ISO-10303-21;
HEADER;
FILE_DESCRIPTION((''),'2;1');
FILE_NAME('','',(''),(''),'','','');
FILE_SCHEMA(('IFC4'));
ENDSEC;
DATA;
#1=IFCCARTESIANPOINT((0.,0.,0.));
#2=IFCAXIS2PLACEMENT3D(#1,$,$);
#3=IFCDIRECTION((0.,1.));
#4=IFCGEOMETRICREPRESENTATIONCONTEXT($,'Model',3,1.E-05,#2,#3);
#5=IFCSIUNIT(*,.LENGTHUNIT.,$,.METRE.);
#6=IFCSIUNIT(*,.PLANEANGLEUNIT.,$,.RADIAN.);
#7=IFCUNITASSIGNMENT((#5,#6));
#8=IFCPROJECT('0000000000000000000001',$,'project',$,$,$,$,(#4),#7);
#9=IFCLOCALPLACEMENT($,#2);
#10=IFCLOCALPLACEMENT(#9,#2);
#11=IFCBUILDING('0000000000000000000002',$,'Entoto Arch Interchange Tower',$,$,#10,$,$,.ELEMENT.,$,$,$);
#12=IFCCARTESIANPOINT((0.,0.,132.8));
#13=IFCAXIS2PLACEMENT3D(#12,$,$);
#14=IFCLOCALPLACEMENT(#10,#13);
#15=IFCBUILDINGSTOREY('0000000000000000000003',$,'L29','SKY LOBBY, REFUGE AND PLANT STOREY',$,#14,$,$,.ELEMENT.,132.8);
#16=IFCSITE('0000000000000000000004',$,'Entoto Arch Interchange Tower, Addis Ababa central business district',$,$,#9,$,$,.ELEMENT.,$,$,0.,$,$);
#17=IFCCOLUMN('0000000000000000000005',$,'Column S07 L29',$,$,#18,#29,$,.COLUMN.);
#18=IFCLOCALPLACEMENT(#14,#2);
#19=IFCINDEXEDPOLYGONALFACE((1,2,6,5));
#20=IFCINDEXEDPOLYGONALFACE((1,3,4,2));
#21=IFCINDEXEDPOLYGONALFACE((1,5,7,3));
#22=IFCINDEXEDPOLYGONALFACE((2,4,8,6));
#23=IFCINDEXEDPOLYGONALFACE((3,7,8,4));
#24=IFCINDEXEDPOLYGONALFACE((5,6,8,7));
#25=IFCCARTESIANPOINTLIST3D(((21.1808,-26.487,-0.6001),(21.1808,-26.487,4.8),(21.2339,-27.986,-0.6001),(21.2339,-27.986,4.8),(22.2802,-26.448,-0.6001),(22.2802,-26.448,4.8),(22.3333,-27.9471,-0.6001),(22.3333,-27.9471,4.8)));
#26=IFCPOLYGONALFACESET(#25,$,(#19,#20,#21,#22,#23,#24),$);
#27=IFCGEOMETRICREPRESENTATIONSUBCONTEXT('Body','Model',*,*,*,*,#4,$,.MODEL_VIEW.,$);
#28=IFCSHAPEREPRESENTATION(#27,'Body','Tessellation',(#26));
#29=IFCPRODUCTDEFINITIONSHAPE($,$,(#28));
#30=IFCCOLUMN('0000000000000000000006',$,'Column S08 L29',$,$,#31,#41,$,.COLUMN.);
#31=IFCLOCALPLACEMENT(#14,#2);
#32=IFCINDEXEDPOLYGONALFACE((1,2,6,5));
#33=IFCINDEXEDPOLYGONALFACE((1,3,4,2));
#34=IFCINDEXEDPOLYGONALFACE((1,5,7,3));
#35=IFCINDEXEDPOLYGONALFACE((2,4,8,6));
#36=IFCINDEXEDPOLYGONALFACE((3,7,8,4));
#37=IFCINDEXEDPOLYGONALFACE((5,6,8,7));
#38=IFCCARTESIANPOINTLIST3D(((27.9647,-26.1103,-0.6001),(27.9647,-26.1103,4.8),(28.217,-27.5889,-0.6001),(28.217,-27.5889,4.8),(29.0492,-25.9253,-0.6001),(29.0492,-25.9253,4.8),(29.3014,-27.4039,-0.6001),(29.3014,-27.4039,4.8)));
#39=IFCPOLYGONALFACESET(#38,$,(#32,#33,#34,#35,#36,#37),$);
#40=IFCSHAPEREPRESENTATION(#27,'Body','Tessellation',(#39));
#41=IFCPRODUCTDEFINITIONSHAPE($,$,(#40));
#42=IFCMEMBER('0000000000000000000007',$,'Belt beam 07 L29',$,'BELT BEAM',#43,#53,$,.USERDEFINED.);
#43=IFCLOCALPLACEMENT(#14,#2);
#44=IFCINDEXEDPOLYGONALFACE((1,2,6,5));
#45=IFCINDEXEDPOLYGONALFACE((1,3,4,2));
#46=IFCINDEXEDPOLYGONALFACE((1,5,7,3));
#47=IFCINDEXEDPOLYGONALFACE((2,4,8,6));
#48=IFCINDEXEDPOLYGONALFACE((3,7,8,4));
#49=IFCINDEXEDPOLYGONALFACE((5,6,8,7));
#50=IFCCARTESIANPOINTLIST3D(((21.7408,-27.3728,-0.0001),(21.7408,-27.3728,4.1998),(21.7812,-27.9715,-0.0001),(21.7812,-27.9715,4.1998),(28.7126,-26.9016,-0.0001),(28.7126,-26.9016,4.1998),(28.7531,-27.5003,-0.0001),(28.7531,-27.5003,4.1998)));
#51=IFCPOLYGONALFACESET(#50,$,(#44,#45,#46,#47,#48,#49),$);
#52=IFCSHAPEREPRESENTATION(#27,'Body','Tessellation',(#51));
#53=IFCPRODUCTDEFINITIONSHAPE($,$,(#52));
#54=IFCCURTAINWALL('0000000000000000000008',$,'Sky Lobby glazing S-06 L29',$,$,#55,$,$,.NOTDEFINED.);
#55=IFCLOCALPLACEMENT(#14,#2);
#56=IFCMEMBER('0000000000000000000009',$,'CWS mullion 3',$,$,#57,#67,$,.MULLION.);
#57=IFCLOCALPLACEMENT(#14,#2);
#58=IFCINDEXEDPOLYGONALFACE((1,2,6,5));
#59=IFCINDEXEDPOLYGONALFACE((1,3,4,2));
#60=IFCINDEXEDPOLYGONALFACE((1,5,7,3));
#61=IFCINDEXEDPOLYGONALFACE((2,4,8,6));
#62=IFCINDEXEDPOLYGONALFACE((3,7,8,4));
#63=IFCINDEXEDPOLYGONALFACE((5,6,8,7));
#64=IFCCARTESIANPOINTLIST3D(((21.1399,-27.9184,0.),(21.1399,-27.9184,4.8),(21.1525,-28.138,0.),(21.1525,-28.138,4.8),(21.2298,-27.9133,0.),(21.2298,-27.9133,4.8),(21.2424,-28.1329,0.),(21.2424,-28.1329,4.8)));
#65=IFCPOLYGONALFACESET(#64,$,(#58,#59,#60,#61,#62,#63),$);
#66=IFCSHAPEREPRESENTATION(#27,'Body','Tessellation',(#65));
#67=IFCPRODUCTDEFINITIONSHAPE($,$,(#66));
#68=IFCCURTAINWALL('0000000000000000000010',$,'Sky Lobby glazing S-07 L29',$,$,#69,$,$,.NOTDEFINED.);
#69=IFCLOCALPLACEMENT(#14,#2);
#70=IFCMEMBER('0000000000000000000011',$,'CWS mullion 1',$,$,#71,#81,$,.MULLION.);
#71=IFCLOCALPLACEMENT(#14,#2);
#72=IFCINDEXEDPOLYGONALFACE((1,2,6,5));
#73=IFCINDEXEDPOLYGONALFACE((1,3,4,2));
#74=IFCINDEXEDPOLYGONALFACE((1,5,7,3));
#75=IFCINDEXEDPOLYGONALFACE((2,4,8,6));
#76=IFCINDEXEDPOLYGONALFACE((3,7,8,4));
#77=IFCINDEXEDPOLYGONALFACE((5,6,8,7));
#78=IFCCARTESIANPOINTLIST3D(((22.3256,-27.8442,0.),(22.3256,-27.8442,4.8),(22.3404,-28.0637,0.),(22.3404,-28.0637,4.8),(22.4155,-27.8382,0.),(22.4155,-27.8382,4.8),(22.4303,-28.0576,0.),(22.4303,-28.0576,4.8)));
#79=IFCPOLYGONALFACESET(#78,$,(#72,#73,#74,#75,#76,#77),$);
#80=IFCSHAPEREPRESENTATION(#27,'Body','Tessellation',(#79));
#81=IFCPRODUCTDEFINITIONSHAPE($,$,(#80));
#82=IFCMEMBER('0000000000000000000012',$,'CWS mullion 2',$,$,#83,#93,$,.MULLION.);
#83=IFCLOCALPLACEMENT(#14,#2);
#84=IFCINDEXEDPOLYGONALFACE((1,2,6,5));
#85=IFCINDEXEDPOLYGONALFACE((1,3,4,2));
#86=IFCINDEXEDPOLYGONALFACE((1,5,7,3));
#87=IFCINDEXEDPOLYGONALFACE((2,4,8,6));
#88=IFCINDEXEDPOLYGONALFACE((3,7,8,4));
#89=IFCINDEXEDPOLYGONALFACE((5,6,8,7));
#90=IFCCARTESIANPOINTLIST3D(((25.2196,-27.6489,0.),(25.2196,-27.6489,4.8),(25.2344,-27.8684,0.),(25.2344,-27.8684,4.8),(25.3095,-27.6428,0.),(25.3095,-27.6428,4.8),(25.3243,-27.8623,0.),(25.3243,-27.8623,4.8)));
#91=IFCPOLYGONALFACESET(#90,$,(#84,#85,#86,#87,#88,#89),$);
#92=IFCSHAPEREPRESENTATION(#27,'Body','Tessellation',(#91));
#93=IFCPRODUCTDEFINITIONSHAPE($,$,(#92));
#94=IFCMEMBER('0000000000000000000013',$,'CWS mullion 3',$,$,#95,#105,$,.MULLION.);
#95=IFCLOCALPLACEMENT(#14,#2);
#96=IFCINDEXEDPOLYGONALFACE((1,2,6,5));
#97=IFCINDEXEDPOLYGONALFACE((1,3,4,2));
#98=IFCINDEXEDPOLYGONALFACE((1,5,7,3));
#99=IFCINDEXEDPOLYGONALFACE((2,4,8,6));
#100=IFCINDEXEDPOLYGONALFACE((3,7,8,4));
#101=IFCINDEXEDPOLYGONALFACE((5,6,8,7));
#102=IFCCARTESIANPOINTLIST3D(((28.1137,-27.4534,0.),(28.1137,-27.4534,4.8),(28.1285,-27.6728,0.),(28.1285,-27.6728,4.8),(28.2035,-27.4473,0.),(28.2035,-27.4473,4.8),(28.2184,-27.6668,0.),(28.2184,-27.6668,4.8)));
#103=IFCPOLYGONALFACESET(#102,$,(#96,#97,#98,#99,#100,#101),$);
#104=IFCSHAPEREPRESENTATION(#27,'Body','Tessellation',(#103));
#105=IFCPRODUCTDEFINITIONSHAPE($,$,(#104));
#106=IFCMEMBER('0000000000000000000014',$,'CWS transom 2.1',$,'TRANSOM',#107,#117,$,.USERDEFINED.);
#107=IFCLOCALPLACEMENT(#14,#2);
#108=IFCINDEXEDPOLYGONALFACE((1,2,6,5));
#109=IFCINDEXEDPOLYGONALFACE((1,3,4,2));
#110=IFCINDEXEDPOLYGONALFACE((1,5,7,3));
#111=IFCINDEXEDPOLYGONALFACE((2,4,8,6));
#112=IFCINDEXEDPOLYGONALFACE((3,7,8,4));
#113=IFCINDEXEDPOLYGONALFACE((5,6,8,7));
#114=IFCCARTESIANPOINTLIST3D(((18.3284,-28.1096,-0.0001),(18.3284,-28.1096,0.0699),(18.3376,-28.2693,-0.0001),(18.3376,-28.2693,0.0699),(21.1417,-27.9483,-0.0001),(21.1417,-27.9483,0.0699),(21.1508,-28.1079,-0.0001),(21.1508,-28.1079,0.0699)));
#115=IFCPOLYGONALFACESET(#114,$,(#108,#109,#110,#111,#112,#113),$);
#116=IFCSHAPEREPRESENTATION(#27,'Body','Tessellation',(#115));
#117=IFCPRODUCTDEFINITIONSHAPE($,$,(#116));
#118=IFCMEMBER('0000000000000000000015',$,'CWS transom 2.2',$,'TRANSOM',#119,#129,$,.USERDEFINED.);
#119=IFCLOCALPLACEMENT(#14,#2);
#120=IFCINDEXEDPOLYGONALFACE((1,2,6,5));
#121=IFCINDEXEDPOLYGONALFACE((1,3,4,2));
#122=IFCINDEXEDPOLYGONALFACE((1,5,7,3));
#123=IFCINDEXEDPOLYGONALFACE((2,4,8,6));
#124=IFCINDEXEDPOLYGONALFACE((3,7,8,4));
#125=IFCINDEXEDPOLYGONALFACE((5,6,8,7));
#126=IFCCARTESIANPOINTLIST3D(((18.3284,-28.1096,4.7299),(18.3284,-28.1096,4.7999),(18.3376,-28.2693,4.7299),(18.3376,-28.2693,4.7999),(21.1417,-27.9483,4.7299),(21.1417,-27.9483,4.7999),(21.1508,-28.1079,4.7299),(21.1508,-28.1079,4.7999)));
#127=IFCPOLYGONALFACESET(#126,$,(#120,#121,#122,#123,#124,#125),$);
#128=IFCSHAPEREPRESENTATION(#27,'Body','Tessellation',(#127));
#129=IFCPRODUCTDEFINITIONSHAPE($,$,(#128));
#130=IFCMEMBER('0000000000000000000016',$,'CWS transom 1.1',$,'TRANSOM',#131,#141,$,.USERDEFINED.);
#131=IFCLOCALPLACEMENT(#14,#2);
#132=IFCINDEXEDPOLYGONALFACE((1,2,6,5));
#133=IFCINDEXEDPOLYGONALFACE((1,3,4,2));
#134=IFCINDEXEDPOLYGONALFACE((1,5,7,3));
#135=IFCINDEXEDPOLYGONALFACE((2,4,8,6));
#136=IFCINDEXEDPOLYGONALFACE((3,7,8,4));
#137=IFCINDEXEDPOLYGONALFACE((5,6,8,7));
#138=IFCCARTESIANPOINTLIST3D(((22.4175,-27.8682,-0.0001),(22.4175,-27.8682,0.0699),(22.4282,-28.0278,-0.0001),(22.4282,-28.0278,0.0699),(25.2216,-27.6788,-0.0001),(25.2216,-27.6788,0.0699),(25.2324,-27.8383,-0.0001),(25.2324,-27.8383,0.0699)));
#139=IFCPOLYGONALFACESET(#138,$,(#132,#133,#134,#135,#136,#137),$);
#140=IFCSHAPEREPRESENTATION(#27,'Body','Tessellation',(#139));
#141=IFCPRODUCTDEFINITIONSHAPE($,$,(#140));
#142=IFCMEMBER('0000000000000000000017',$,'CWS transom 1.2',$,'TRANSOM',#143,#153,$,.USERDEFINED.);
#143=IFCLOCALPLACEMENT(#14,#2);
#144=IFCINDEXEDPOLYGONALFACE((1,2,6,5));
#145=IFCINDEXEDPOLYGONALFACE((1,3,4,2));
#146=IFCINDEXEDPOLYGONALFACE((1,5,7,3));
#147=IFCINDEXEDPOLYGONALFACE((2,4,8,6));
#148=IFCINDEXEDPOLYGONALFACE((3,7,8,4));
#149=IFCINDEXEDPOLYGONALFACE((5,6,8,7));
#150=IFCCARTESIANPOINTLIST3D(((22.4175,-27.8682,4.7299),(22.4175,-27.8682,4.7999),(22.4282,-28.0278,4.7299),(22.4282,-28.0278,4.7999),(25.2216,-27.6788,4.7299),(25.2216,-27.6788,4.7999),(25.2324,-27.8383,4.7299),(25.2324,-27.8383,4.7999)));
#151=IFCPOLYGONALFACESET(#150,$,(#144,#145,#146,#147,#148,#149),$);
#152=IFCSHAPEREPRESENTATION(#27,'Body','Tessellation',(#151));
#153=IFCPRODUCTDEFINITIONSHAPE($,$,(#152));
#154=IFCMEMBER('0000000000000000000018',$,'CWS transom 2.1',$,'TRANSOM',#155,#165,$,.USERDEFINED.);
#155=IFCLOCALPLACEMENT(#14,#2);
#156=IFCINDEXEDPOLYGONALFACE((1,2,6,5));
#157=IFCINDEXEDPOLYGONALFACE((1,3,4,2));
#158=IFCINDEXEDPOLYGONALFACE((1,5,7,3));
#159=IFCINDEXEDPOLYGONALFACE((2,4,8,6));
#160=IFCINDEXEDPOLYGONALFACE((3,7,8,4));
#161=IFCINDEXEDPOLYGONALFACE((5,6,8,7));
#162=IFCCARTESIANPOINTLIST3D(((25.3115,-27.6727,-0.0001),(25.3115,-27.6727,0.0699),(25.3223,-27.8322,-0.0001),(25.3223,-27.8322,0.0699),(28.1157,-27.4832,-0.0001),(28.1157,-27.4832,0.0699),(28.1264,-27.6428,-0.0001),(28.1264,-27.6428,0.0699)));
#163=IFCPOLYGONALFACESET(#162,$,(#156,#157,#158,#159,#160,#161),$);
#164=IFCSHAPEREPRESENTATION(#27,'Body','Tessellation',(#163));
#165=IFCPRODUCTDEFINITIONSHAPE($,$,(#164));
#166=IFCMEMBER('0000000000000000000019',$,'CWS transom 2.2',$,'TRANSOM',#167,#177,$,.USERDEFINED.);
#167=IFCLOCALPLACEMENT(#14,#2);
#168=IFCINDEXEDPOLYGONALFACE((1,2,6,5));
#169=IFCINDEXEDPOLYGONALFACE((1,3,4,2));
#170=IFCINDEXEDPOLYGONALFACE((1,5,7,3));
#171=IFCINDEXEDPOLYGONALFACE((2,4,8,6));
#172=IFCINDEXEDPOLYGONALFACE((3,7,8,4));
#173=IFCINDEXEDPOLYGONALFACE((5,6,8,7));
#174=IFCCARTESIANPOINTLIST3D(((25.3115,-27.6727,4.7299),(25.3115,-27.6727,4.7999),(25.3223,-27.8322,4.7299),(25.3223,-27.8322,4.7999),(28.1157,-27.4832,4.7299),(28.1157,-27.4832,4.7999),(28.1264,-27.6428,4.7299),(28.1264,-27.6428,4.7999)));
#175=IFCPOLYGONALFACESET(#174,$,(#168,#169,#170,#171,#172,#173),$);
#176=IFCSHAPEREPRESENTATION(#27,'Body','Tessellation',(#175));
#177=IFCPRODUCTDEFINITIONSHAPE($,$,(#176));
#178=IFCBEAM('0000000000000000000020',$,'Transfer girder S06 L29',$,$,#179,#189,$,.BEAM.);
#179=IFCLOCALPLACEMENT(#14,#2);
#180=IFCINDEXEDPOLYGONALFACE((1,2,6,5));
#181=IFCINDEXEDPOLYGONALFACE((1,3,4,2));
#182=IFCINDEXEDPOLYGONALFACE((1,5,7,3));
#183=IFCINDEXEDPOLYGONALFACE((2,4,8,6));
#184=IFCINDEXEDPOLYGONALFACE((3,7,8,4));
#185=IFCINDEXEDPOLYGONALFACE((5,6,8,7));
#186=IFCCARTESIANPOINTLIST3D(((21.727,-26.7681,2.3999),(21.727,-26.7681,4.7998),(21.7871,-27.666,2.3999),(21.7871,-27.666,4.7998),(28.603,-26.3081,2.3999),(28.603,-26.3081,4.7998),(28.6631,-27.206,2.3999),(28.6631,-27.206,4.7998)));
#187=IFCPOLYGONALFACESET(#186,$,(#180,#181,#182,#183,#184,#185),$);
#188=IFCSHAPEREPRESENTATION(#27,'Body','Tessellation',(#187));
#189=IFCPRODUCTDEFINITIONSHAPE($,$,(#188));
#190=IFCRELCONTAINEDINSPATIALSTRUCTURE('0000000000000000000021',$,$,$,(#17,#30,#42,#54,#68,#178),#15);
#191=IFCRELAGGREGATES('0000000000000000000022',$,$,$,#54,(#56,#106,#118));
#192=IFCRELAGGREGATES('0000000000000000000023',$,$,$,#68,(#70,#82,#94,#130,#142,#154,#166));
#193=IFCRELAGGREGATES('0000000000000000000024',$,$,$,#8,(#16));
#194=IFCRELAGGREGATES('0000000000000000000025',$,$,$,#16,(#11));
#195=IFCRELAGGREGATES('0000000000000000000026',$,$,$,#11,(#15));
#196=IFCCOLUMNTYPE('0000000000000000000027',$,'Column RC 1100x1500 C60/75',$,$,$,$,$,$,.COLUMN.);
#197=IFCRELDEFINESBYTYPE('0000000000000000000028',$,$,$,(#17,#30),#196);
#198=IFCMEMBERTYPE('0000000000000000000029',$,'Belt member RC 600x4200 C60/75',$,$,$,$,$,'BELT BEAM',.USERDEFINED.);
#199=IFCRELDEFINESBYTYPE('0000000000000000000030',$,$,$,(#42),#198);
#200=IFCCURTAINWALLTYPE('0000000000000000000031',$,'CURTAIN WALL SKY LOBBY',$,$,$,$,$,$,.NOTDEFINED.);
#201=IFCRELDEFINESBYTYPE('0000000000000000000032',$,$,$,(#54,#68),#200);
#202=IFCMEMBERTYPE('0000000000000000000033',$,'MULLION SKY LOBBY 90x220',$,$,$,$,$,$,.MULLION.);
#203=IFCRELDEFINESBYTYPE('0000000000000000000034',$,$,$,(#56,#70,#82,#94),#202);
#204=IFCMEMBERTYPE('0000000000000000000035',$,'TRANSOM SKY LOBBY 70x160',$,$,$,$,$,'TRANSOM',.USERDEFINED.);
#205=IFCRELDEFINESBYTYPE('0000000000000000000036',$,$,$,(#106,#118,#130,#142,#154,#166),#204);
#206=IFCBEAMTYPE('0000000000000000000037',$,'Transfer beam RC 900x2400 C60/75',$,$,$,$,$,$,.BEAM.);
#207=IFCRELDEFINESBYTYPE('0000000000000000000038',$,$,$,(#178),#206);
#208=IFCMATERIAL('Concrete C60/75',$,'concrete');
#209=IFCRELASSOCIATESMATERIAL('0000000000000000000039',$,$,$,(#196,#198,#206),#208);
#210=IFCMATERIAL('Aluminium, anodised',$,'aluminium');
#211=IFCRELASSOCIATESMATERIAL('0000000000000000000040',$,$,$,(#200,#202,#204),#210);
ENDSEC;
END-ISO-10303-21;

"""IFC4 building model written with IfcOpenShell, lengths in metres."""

from ifc_helpers import new_model, si_unit, direction, frame, origin, origin_2d, place, context, subcontext, project, spatial, rectangle, extrude, material, material_profile, profile_set, type_object, element, aggregate, save


model = new_model("IFC4")

# Units and contexts
model_context = context("Model", 3, precision=1e-05, world=origin(), true_north=direction((0.0, 1.0)))
body_context = subcontext(model_context, "Body", "Model", "MODEL_VIEW")
ifc_project = project(units=[si_unit("LENGTHUNIT", "METRE"), si_unit("PLANEANGLEUNIT", "RADIAN")], contexts=[model_context])

# Site, building, storey
site_placement = place(None, origin())
site = spatial("IfcSite", under=ifc_project, at=site_placement, Name="Entoto Arch Interchange Tower, Addis Ababa central business district", CompositionType="ELEMENT", RefElevation=0.0)
building_placement = place(site_placement, origin())
building = spatial("IfcBuilding", under=site, at=building_placement, Name="Entoto Arch Interchange Tower", CompositionType="ELEMENT")
storey_placement = place(building_placement, frame((0.0, 0.0, 132.8)))
storey = spatial("IfcBuildingStorey", under=building, at=storey_placement, Name="L29", Description="SKY LOBBY, REFUGE AND PLANT STOREY", CompositionType="ELEMENT", Elevation=132.8)

# Columns
ifc_material_1 = material(Name="Concrete C60/75", Category="concrete")
ifc_material_profile_1 = material_profile(ifc_material_1, rectangle(XDim=1.1001, YDim=1.5, at=origin_2d()))
ifc_profile_set_1 = profile_set([ifc_material_profile_1], Name="Concrete C60/75")
column_type = type_object("IfcColumnType", Name="Column RC 1100x1500 C60/75", PredefinedType="COLUMN", material=ifc_profile_set_1)
for number, where, z_axis, x_axis, name in (
    (1, (21.7571, -27.217, -0.6001), (0.0, 0.0, 1.0), (0.999374, 0.035388, 0.0), "Column S07 L29"),
    (2, (28.6331, -26.7571, -0.6001), (0.0, 0.0, 1.0), (0.985759, 0.168162, 0.0), "Column S08 L29"),
):
    element("IfcColumn", number, at=place(storey_placement, frame(where, z_axis=z_axis, x_axis=x_axis)), inside=storey, type_object=column_type, Name=name, PredefinedType="COLUMN", context=body_context, shape_type="SweptSolid", body=[
        extrude(rectangle(XDim=1.1001, YDim=1.5, at=origin_2d()), origin(), (0.0, 0.0, 1.0), 5.4001),
    ])

# Member
ifc_material_profile_2 = material_profile(ifc_material_1, rectangle(XDim=0.6001, YDim=4.2, at=origin_2d()))
ifc_profile_set_2 = profile_set([ifc_material_profile_2], Name="Concrete C60/75")
member_type_1 = type_object("IfcMemberType", Name="Belt member RC 600x4200 C60/75", ElementType="BELT BEAM", PredefinedType="USERDEFINED", material=ifc_profile_set_2)
member_1_placement = place(storey_placement, frame((21.761, -27.6721, 2.0999), z_axis=(0.997724, 0.06743, 0.0), x_axis=(-0.06743, 0.997724, 0.0)))
element("IfcMember", 3, at=member_1_placement, inside=storey, type_object=member_type_1, Name="Belt beam 07 L29", ObjectType="BELT BEAM", PredefinedType="USERDEFINED", context=body_context, shape_type="SweptSolid", body=[
    extrude(rectangle(XDim=0.6001, YDim=4.2, at=origin_2d()), origin(), (0.0, 0.0, 1.0), 6.9878),
])

# Curtain wall, member
ifc_material_2 = material(Name="Aluminium, anodised", Category="aluminium")
curtain_wall_type = type_object("IfcCurtainWallType", Name="CURTAIN WALL SKY LOBBY", PredefinedType="NOTDEFINED", material=ifc_material_2)
curtain_wall_1_placement = place(storey_placement, origin())
curtain_wall_1 = element("IfcCurtainWall", 4, at=curtain_wall_1_placement, inside=storey, type_object=curtain_wall_type, Name="Sky Lobby glazing S-06 L29", PredefinedType="NOTDEFINED")
ifc_material_profile_3 = material_profile(ifc_material_2, rectangle(XDim=0.22, YDim=0.0901, at=origin_2d()))
ifc_profile_set_3 = profile_set([ifc_material_profile_3], Name="Aluminium, anodised")
member_type_2 = type_object("IfcMemberType", Name="MULLION SKY LOBBY 90x220", PredefinedType="MULLION", material=ifc_profile_set_3)
member_2_placement = place(storey_placement, frame((21.1912, -28.0256, 0.0), z_axis=(0.0, 0.0, 1.0), x_axis=(-0.057233, 0.998361, 0.0)))
member_2 = element("IfcMember", 5, at=member_2_placement, type_object=member_type_2, Name="CWS mullion 3", PredefinedType="MULLION", context=body_context, shape_type="SweptSolid", body=[
    extrude(rectangle(XDim=0.22, YDim=0.0901, at=origin_2d()), origin(), (0.0, 0.0, 1.0), 4.8),
])

# Curtain wall, members
curtain_wall_2_placement = place(storey_placement, origin())
curtain_wall_2 = element("IfcCurtainWall", 6, at=curtain_wall_2_placement, inside=storey, type_object=curtain_wall_type, Name="Sky Lobby glazing S-07 L29", PredefinedType="NOTDEFINED")
member_3_placement = place(storey_placement, frame((22.3779, -27.9509, 0.0), z_axis=(0.0, 0.0, 1.0), x_axis=(-0.067386, 0.997727, 0.0)))
member_3 = element("IfcMember", 7, at=member_3_placement, type_object=member_type_2, Name="CWS mullion 1", PredefinedType="MULLION", context=body_context, shape_type="SweptSolid", body=[
    extrude(rectangle(XDim=0.22, YDim=0.0901, at=origin_2d()), origin(), (0.0, 0.0, 1.0), 4.8),
])
member_4_placement = place(storey_placement, frame((25.272, -27.7556, 0.0), z_axis=(0.0, 0.0, 1.0), x_axis=(-0.067386, 0.997727, 0.0)))
member_4 = element("IfcMember", 8, at=member_4_placement, type_object=member_type_2, Name="CWS mullion 2", PredefinedType="MULLION", context=body_context, shape_type="SweptSolid", body=[
    extrude(rectangle(XDim=0.22, YDim=0.0901, at=origin_2d()), origin(), (0.0, 0.0, 1.0), 4.8),
])
member_5_placement = place(storey_placement, frame((28.166, -27.5601, 0.0), z_axis=(0.0, 0.0, 1.0), x_axis=(-0.067386, 0.997727, 0.0)))
member_5 = element("IfcMember", 9, at=member_5_placement, type_object=member_type_2, Name="CWS mullion 3", PredefinedType="MULLION", context=body_context, shape_type="SweptSolid", body=[
    extrude(rectangle(XDim=0.22, YDim=0.0901, at=origin_2d()), origin(), (0.0, 0.0, 1.0), 4.8),
])

# Members
ifc_material_profile_4 = material_profile(ifc_material_2, rectangle(XDim=0.1599, YDim=0.0701, at=origin_2d()))
ifc_profile_set_4 = profile_set([ifc_material_profile_4], Name="Aluminium, anodised")
member_type_3 = type_object("IfcMemberType", Name="TRANSOM SKY LOBBY 70x160", ElementType="TRANSOM", PredefinedType="USERDEFINED", material=ifc_profile_set_4)
member_6_placement = place(storey_placement, frame((18.333, -28.1895, 0.0349), z_axis=(0.998359, 0.057269, 0.0), x_axis=(-0.057269, 0.998359, 0.0)))
member_6 = element("IfcMember", 10, at=member_6_placement, type_object=member_type_3, Name="CWS transom 2.1", ObjectType="TRANSOM", PredefinedType="USERDEFINED", context=body_context, shape_type="SweptSolid", body=[
    extrude(rectangle(XDim=0.1599, YDim=0.0701, at=origin_2d()), origin(), (0.0, 0.0, 1.0), 2.8179),
])
member_7_placement = place(storey_placement, frame((18.333, -28.1895, 4.7649), z_axis=(0.998359, 0.057269, 0.0), x_axis=(-0.057269, 0.998359, 0.0)))
member_7 = element("IfcMember", 11, at=member_7_placement, type_object=member_type_3, Name="CWS transom 2.2", ObjectType="TRANSOM", PredefinedType="USERDEFINED", context=body_context, shape_type="SweptSolid", body=[
    extrude(rectangle(XDim=0.1599, YDim=0.0701, at=origin_2d()), origin(), (0.0, 0.0, 1.0), 2.8179),
])
member_8_placement = place(storey_placement, frame((22.4229, -27.948, 0.0349), z_axis=(0.997726, 0.067407, 0.0), x_axis=(-0.067407, 0.997726, 0.0)))
member_8 = element("IfcMember", 12, at=member_8_placement, type_object=member_type_3, Name="CWS transom 1.1", ObjectType="TRANSOM", PredefinedType="USERDEFINED", context=body_context, shape_type="SweptSolid", body=[
    extrude(rectangle(XDim=0.1599, YDim=0.0701, at=origin_2d()), origin(), (0.0, 0.0, 1.0), 2.8105),
])
member_9_placement = place(storey_placement, frame((22.4229, -27.948, 4.7649), z_axis=(0.997726, 0.067407, 0.0), x_axis=(-0.067407, 0.997726, 0.0)))
member_9 = element("IfcMember", 13, at=member_9_placement, type_object=member_type_3, Name="CWS transom 1.2", ObjectType="TRANSOM", PredefinedType="USERDEFINED", context=body_context, shape_type="SweptSolid", body=[
    extrude(rectangle(XDim=0.1599, YDim=0.0701, at=origin_2d()), origin(), (0.0, 0.0, 1.0), 2.8105),
])
member_10_placement = place(storey_placement, frame((25.3169, -27.7524, 0.0349), z_axis=(0.997726, 0.067407, 0.0), x_axis=(-0.067407, 0.997726, 0.0)))
member_10 = element("IfcMember", 14, at=member_10_placement, type_object=member_type_3, Name="CWS transom 2.1", ObjectType="TRANSOM", PredefinedType="USERDEFINED", context=body_context, shape_type="SweptSolid", body=[
    extrude(rectangle(XDim=0.1599, YDim=0.0701, at=origin_2d()), origin(), (0.0, 0.0, 1.0), 2.8105),
])
member_11_placement = place(storey_placement, frame((25.3169, -27.7524, 4.7649), z_axis=(0.997726, 0.067407, 0.0), x_axis=(-0.067407, 0.997726, 0.0)))
member_11 = element("IfcMember", 15, at=member_11_placement, type_object=member_type_3, Name="CWS transom 2.2", ObjectType="TRANSOM", PredefinedType="USERDEFINED", context=body_context, shape_type="SweptSolid", body=[
    extrude(rectangle(XDim=0.1599, YDim=0.0701, at=origin_2d()), origin(), (0.0, 0.0, 1.0), 2.8105),
])

# Beam
ifc_material_profile_5 = material_profile(ifc_material_1, rectangle(XDim=0.8999, YDim=2.3999, at=origin_2d()))
ifc_profile_set_5 = profile_set([ifc_material_profile_5], Name="Concrete C60/75")
beam_type = type_object("IfcBeamType", Name="Transfer beam RC 900x2400 C60/75", PredefinedType="BEAM", material=ifc_profile_set_5)
beam_placement = place(storey_placement, frame((21.7571, -27.217, 3.5999), z_axis=(0.99777, 0.066745, 0.0), x_axis=(-0.066745, 0.99777, 0.0)))
element("IfcBeam", 16, at=beam_placement, inside=storey, type_object=beam_type, Name="Transfer girder S06 L29", PredefinedType="BEAM", context=body_context, shape_type="SweptSolid", body=[
    extrude(rectangle(XDim=0.8999, YDim=2.3999, at=origin_2d()), origin(), (0.0, 0.0, 1.0), 6.8914),
])

aggregate(curtain_wall_1, [member_2, member_6, member_7])
aggregate(curtain_wall_2, [member_3, member_4, member_5, member_8, member_9, member_10, member_11])

save(model, "model.ifc")
